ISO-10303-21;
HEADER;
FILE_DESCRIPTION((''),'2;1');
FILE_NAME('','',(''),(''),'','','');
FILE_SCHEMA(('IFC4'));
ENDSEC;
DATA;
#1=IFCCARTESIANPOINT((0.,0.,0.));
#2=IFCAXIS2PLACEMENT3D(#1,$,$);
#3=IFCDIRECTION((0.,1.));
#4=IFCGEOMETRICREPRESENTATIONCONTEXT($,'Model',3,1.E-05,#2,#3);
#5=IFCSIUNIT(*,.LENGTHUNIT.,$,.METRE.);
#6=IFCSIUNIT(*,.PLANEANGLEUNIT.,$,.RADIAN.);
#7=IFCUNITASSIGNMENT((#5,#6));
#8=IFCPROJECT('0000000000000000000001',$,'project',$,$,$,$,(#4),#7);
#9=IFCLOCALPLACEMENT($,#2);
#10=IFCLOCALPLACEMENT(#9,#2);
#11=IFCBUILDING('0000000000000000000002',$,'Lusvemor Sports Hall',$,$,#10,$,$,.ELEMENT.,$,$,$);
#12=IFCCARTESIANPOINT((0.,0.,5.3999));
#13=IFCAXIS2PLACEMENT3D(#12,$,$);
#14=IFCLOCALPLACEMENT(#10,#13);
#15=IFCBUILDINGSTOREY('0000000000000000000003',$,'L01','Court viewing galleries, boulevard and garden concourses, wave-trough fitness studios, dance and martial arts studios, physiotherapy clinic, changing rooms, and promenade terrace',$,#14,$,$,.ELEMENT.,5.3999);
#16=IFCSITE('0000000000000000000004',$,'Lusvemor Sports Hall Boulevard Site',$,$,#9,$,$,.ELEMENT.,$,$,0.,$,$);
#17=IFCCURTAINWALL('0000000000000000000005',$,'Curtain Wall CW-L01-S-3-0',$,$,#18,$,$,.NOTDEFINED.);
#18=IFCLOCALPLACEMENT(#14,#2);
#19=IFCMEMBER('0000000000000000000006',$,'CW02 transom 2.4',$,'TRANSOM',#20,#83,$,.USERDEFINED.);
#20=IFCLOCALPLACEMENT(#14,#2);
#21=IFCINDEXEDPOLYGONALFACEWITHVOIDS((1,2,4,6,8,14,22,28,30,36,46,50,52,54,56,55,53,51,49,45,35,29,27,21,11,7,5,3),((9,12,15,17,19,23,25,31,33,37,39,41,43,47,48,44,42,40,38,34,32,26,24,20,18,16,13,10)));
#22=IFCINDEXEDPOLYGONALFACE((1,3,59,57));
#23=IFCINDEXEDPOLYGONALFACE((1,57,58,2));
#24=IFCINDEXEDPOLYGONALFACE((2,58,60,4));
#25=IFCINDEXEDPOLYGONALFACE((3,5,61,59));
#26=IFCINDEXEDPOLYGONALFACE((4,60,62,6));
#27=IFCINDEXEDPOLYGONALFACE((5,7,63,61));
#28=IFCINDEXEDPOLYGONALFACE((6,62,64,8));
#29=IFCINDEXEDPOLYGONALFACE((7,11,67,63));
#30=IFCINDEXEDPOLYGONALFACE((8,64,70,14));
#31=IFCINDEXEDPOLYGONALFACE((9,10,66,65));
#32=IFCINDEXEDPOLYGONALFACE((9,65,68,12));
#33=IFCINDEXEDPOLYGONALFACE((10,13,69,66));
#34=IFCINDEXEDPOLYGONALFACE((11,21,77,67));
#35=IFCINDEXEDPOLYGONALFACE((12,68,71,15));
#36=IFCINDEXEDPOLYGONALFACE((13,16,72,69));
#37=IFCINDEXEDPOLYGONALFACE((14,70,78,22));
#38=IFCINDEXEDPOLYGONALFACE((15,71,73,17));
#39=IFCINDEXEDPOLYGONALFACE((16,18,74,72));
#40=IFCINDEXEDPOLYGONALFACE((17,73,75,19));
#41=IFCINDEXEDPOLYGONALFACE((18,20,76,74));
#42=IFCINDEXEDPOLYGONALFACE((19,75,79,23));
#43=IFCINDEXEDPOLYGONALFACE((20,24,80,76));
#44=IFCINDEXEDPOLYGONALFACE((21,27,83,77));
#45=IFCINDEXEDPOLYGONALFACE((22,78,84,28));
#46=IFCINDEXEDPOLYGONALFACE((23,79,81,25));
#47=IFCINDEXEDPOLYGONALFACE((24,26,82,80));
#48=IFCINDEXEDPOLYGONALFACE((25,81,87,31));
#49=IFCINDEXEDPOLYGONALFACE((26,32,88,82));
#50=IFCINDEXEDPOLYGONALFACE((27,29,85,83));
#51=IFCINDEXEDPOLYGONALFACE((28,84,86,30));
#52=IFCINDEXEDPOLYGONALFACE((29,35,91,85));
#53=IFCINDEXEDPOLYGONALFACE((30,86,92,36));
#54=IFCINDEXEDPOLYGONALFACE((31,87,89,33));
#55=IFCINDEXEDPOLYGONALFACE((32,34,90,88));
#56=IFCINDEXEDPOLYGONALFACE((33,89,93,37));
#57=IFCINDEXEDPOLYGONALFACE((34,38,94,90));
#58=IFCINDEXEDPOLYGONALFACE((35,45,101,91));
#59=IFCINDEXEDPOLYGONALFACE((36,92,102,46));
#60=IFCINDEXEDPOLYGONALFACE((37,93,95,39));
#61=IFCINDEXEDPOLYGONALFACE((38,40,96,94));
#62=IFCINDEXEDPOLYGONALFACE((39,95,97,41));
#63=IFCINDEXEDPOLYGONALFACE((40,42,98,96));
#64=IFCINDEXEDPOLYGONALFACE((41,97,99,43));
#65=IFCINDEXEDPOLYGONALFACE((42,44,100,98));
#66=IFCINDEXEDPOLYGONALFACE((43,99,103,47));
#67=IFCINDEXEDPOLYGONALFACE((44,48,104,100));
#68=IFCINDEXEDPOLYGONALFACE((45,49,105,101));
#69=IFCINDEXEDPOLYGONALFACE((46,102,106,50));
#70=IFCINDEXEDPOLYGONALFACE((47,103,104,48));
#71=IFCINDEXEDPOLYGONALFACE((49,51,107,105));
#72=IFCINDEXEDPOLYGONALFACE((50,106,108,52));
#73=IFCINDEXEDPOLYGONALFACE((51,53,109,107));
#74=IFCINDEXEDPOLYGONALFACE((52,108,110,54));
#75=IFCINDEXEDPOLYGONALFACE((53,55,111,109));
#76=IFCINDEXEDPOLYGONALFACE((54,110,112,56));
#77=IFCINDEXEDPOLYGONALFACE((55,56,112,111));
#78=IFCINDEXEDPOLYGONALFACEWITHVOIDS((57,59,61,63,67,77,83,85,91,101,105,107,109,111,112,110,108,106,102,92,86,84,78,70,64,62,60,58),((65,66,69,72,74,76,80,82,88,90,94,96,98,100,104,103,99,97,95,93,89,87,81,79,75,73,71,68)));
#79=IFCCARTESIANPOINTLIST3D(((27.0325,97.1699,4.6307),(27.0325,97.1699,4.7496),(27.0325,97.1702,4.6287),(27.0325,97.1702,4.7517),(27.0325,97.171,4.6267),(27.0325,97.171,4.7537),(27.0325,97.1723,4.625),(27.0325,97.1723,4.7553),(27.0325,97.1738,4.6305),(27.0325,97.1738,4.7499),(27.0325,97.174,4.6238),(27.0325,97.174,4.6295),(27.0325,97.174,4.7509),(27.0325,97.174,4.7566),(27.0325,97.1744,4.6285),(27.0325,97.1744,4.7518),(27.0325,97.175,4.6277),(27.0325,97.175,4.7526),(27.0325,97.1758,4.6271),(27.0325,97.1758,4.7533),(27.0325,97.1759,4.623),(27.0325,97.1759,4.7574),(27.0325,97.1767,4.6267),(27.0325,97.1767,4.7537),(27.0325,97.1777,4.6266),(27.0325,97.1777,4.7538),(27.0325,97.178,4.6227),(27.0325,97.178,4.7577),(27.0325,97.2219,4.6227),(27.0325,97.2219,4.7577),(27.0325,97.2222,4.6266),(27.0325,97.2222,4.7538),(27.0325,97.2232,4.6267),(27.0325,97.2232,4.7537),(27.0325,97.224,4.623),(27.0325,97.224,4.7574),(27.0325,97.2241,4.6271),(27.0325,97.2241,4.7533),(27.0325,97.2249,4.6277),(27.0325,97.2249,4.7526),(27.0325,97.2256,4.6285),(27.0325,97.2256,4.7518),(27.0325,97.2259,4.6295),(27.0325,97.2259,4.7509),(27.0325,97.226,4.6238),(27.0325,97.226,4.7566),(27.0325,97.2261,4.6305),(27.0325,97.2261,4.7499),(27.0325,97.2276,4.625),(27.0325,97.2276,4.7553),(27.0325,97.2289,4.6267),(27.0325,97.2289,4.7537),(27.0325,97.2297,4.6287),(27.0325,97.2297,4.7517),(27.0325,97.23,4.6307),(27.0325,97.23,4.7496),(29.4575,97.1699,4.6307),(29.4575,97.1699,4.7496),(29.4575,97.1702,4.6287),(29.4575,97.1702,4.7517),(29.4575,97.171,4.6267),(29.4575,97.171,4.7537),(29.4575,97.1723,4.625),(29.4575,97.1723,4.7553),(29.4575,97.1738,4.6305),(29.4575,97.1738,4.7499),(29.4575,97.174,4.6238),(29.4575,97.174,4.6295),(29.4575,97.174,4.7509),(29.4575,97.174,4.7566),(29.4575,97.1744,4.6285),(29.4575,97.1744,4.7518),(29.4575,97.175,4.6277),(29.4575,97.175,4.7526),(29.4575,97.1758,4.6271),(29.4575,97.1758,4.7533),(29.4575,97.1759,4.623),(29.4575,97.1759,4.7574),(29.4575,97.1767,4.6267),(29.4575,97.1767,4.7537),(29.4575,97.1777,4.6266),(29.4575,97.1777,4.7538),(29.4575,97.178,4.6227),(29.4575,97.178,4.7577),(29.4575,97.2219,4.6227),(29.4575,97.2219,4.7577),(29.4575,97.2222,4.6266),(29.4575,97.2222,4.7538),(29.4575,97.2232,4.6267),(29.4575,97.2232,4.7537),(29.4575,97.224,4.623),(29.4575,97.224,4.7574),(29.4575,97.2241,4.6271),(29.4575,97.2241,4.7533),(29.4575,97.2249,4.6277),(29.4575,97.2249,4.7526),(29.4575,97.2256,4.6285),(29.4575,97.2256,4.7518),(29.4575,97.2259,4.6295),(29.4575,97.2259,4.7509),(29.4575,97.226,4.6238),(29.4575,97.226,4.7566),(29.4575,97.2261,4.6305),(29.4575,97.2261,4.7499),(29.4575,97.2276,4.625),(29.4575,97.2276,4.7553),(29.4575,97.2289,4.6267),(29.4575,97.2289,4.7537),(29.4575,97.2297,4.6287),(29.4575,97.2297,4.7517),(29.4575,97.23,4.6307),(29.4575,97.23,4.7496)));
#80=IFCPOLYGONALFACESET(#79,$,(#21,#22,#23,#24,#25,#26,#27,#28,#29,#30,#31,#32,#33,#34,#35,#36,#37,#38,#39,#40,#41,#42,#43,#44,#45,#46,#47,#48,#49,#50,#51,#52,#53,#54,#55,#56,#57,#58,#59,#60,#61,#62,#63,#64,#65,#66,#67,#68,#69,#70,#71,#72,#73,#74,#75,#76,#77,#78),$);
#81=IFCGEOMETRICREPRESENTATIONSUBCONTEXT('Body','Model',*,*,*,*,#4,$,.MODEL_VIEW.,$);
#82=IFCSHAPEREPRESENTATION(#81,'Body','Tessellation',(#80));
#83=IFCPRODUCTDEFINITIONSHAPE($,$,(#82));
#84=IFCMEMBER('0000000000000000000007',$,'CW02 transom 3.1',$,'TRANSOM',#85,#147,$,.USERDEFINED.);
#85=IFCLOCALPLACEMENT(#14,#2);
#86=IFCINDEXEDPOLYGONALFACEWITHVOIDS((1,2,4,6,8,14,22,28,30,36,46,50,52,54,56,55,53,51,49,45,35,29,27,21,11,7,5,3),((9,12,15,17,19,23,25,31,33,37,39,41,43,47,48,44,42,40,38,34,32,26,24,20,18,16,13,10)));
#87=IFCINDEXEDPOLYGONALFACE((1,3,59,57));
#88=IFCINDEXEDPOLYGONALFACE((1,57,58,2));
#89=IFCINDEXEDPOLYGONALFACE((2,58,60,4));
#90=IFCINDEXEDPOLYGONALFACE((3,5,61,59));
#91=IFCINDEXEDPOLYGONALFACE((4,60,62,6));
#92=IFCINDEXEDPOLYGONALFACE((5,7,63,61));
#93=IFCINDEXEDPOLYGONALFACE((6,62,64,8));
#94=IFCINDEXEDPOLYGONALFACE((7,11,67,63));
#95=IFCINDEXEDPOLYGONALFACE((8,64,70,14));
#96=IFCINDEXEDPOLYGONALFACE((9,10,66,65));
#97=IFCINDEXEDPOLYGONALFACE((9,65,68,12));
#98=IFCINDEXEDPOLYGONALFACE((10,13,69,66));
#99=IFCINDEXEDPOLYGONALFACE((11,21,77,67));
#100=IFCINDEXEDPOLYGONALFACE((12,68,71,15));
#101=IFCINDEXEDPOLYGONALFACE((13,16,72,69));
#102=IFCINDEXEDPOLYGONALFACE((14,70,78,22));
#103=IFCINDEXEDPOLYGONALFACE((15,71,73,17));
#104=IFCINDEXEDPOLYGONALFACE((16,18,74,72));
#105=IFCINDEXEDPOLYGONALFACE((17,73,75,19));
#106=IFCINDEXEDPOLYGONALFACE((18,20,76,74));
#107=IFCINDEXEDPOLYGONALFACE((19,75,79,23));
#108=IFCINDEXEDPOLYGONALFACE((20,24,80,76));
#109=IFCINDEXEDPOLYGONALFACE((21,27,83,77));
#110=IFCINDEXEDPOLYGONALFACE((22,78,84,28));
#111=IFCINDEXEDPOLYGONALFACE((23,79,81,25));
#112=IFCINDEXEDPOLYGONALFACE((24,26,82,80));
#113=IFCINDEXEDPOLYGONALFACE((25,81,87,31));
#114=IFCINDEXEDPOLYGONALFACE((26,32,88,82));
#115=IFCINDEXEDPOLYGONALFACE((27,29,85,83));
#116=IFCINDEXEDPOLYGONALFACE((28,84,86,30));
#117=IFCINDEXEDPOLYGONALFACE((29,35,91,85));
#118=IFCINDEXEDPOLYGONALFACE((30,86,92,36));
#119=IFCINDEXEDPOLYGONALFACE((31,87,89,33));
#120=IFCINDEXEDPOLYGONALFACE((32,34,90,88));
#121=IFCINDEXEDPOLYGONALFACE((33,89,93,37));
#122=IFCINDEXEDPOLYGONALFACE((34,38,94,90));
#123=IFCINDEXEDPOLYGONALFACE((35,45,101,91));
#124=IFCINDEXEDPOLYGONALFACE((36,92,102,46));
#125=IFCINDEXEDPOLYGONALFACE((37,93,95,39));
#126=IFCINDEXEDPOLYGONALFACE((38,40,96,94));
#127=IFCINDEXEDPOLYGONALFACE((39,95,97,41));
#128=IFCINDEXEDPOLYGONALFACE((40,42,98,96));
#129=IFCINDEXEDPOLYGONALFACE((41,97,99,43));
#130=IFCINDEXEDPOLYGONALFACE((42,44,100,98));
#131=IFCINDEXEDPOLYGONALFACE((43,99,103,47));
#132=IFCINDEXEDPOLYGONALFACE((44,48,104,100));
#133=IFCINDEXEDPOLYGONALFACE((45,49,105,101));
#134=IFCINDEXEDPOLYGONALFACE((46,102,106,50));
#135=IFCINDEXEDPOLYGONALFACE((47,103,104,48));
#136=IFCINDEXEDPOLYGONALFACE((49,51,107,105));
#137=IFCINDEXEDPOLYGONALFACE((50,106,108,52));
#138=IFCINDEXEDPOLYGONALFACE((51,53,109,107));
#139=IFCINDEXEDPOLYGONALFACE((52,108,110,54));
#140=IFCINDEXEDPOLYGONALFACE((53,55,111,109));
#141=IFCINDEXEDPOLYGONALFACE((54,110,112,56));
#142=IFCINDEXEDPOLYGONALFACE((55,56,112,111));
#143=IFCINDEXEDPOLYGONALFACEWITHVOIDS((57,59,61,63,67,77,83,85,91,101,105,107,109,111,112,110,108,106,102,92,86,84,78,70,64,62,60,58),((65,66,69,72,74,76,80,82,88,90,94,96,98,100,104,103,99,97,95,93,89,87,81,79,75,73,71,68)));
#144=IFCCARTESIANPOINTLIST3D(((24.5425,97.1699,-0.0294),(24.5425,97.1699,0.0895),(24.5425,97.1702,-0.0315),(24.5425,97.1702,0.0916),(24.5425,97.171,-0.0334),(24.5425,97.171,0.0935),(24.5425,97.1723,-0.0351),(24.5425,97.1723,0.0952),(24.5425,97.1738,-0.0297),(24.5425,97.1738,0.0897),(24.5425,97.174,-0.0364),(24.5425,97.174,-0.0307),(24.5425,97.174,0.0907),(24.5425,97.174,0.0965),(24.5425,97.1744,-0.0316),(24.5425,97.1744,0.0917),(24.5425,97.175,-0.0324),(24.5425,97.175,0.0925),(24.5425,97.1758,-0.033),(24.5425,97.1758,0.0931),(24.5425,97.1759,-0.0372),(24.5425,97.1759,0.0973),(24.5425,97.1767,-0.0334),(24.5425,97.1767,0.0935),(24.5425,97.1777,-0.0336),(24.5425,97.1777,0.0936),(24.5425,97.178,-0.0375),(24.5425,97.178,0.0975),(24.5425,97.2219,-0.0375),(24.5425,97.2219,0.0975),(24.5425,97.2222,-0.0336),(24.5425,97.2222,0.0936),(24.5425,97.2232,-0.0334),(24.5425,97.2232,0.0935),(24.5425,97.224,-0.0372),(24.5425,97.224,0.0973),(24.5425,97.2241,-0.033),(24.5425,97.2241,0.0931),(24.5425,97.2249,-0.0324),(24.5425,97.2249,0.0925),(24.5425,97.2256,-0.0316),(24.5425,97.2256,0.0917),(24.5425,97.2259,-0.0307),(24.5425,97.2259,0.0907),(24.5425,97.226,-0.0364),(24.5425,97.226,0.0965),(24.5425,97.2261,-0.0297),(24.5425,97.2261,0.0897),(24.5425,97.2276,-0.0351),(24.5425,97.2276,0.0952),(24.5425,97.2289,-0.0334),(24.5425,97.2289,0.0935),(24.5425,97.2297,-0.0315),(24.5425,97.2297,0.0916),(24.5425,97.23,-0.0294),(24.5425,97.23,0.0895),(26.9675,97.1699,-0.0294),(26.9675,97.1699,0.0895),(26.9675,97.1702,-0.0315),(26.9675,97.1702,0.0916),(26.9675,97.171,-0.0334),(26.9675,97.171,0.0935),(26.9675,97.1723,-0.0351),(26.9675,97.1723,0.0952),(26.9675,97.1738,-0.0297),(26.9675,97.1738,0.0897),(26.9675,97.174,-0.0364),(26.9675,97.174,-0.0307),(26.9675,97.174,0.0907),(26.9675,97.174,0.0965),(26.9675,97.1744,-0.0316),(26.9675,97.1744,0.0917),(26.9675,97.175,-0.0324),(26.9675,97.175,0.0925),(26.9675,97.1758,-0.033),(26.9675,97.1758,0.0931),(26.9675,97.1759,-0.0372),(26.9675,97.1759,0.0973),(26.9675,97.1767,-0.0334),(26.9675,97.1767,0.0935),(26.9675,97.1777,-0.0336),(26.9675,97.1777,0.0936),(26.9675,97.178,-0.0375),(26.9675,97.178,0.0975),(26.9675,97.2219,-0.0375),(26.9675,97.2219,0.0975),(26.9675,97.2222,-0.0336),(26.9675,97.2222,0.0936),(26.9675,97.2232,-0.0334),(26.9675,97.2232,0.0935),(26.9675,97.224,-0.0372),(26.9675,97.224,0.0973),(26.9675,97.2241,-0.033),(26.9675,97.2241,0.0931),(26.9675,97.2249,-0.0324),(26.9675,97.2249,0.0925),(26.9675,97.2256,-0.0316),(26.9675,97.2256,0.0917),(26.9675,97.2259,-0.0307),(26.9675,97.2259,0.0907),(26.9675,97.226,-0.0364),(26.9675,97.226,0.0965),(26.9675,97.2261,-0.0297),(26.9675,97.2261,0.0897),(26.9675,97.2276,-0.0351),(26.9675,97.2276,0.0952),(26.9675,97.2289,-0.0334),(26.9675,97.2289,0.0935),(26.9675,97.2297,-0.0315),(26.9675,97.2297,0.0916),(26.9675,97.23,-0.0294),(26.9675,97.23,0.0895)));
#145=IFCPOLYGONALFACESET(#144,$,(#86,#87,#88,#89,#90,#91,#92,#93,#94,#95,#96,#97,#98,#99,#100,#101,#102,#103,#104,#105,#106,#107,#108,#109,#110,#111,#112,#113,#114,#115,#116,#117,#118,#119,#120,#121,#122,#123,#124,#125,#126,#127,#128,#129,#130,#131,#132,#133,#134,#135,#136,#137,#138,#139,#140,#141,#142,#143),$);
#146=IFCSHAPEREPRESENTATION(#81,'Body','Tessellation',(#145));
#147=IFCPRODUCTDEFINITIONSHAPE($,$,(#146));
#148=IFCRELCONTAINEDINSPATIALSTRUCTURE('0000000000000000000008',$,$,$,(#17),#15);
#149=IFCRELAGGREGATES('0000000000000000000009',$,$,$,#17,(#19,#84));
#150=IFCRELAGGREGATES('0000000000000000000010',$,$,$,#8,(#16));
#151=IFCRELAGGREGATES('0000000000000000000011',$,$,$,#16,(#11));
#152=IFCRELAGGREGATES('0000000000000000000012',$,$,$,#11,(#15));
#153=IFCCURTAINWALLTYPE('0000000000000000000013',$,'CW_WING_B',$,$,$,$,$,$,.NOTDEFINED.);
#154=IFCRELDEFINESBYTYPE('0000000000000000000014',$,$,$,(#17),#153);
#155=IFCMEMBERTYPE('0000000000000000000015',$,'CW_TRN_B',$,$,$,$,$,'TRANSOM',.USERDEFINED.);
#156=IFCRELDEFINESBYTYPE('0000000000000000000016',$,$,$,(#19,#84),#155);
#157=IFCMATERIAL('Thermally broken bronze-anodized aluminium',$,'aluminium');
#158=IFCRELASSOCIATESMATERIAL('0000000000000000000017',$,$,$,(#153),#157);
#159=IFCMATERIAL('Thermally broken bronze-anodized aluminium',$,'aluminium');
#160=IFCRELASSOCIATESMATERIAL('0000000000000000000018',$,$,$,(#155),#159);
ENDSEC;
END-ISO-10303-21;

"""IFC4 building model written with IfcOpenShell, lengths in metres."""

from ifc_helpers import new_model, si_unit, direction, frame, origin, origin_2d, place, context, subcontext, project, spatial, hollow_rectangle, extrude, material, material_profile, profile_set, type_object, element, aggregate, save


model = new_model("IFC4")

# Units and contexts
model_context = context("Model", 3, precision=1e-05, world=origin(), true_north=direction((0.0, 1.0)))
body_context = subcontext(model_context, "Body", "Model", "MODEL_VIEW")
ifc_project = project(units=[si_unit("LENGTHUNIT", "METRE"), si_unit("PLANEANGLEUNIT", "RADIAN")], contexts=[model_context])

# Site, building, storey
site_placement = place(None, origin())
site = spatial("IfcSite", under=ifc_project, at=site_placement, Name="Lusvemor Sports Hall Boulevard Site", CompositionType="ELEMENT", RefElevation=0.0)
building_placement = place(site_placement, origin())
building = spatial("IfcBuilding", under=site, at=building_placement, Name="Lusvemor Sports Hall", CompositionType="ELEMENT")
storey_placement = place(building_placement, frame((0.0, 0.0, 5.3999)))
storey = spatial("IfcBuildingStorey", under=building, at=storey_placement, Name="L01", Description="Court viewing galleries, boulevard and garden concourses, wave-trough fitness studios, dance and martial arts studios, physiotherapy clinic, changing rooms, and promenade terrace", CompositionType="ELEMENT", Elevation=5.3999)

# Curtain wall
ifc_material_1 = material(Name="Thermally broken bronze-anodized aluminium", Category="aluminium")
curtain_wall_type_1 = type_object("IfcCurtainWallType", Name="CW_WING_B", PredefinedType="NOTDEFINED", material=ifc_material_1)
curtain_wall_1_placement = place(storey_placement, origin())
curtain_wall_1 = element("IfcCurtainWall", 1, at=curtain_wall_1_placement, inside=storey, type_object=curtain_wall_type_1, Name="Curtain Wall CW-L01-S-3-0", PredefinedType="NOTDEFINED")

# Members
ifc_material_2 = material(Name="Thermally broken bronze-anodized aluminium", Category="aluminium")
ifc_material_profile_1 = material_profile(ifc_material_2, hollow_rectangle(XDim=0.0601, YDim=0.135, WallThickness=0.0039, InnerFilletRadius=0.0039, OuterFilletRadius=0.0081, at=origin_2d()), Name="CWTRN135x60x4")
ifc_profile_set_1 = profile_set([ifc_material_profile_1], Name="Thermally broken bronze-anodized aluminium")
member_type_1 = type_object("IfcMemberType", Name="CW_TRN_B", ElementType="TRANSOM", PredefinedType="USERDEFINED", material=ifc_profile_set_1)
member_1_placement = place(storey_placement, frame((29.4575, 97.2, 4.6902), z_axis=(-1.0, 0.0, 0.0), x_axis=(0.0, -1.0, 0.0)))
member_1 = element("IfcMember", 2, at=member_1_placement, type_object=member_type_1, Name="CW02 transom 2.4", ObjectType="TRANSOM", PredefinedType="USERDEFINED", context=body_context, shape_type="SweptSolid", body=[
    extrude(hollow_rectangle(XDim=0.0601, YDim=0.135, WallThickness=0.0039, InnerFilletRadius=0.0039, OuterFilletRadius=0.0081, at=origin_2d()), origin(), (0.0, 0.0, 1.0), 2.425),
])
member_2_placement = place(storey_placement, frame((26.9675, 97.2, 0.03), z_axis=(-1.0, 0.0, 0.0), x_axis=(0.0, -1.0, 0.0)))
member_2 = element("IfcMember", 3, at=member_2_placement, type_object=member_type_1, Name="CW02 transom 3.1", ObjectType="TRANSOM", PredefinedType="USERDEFINED", context=body_context, shape_type="SweptSolid", body=[
    extrude(hollow_rectangle(XDim=0.0601, YDim=0.135, WallThickness=0.0039, InnerFilletRadius=0.0039, OuterFilletRadius=0.0081, at=origin_2d()), origin(), (0.0, 0.0, 1.0), 2.425),
])

aggregate(curtain_wall_1, [member_1, member_2])

save(model, "model.ifc")
